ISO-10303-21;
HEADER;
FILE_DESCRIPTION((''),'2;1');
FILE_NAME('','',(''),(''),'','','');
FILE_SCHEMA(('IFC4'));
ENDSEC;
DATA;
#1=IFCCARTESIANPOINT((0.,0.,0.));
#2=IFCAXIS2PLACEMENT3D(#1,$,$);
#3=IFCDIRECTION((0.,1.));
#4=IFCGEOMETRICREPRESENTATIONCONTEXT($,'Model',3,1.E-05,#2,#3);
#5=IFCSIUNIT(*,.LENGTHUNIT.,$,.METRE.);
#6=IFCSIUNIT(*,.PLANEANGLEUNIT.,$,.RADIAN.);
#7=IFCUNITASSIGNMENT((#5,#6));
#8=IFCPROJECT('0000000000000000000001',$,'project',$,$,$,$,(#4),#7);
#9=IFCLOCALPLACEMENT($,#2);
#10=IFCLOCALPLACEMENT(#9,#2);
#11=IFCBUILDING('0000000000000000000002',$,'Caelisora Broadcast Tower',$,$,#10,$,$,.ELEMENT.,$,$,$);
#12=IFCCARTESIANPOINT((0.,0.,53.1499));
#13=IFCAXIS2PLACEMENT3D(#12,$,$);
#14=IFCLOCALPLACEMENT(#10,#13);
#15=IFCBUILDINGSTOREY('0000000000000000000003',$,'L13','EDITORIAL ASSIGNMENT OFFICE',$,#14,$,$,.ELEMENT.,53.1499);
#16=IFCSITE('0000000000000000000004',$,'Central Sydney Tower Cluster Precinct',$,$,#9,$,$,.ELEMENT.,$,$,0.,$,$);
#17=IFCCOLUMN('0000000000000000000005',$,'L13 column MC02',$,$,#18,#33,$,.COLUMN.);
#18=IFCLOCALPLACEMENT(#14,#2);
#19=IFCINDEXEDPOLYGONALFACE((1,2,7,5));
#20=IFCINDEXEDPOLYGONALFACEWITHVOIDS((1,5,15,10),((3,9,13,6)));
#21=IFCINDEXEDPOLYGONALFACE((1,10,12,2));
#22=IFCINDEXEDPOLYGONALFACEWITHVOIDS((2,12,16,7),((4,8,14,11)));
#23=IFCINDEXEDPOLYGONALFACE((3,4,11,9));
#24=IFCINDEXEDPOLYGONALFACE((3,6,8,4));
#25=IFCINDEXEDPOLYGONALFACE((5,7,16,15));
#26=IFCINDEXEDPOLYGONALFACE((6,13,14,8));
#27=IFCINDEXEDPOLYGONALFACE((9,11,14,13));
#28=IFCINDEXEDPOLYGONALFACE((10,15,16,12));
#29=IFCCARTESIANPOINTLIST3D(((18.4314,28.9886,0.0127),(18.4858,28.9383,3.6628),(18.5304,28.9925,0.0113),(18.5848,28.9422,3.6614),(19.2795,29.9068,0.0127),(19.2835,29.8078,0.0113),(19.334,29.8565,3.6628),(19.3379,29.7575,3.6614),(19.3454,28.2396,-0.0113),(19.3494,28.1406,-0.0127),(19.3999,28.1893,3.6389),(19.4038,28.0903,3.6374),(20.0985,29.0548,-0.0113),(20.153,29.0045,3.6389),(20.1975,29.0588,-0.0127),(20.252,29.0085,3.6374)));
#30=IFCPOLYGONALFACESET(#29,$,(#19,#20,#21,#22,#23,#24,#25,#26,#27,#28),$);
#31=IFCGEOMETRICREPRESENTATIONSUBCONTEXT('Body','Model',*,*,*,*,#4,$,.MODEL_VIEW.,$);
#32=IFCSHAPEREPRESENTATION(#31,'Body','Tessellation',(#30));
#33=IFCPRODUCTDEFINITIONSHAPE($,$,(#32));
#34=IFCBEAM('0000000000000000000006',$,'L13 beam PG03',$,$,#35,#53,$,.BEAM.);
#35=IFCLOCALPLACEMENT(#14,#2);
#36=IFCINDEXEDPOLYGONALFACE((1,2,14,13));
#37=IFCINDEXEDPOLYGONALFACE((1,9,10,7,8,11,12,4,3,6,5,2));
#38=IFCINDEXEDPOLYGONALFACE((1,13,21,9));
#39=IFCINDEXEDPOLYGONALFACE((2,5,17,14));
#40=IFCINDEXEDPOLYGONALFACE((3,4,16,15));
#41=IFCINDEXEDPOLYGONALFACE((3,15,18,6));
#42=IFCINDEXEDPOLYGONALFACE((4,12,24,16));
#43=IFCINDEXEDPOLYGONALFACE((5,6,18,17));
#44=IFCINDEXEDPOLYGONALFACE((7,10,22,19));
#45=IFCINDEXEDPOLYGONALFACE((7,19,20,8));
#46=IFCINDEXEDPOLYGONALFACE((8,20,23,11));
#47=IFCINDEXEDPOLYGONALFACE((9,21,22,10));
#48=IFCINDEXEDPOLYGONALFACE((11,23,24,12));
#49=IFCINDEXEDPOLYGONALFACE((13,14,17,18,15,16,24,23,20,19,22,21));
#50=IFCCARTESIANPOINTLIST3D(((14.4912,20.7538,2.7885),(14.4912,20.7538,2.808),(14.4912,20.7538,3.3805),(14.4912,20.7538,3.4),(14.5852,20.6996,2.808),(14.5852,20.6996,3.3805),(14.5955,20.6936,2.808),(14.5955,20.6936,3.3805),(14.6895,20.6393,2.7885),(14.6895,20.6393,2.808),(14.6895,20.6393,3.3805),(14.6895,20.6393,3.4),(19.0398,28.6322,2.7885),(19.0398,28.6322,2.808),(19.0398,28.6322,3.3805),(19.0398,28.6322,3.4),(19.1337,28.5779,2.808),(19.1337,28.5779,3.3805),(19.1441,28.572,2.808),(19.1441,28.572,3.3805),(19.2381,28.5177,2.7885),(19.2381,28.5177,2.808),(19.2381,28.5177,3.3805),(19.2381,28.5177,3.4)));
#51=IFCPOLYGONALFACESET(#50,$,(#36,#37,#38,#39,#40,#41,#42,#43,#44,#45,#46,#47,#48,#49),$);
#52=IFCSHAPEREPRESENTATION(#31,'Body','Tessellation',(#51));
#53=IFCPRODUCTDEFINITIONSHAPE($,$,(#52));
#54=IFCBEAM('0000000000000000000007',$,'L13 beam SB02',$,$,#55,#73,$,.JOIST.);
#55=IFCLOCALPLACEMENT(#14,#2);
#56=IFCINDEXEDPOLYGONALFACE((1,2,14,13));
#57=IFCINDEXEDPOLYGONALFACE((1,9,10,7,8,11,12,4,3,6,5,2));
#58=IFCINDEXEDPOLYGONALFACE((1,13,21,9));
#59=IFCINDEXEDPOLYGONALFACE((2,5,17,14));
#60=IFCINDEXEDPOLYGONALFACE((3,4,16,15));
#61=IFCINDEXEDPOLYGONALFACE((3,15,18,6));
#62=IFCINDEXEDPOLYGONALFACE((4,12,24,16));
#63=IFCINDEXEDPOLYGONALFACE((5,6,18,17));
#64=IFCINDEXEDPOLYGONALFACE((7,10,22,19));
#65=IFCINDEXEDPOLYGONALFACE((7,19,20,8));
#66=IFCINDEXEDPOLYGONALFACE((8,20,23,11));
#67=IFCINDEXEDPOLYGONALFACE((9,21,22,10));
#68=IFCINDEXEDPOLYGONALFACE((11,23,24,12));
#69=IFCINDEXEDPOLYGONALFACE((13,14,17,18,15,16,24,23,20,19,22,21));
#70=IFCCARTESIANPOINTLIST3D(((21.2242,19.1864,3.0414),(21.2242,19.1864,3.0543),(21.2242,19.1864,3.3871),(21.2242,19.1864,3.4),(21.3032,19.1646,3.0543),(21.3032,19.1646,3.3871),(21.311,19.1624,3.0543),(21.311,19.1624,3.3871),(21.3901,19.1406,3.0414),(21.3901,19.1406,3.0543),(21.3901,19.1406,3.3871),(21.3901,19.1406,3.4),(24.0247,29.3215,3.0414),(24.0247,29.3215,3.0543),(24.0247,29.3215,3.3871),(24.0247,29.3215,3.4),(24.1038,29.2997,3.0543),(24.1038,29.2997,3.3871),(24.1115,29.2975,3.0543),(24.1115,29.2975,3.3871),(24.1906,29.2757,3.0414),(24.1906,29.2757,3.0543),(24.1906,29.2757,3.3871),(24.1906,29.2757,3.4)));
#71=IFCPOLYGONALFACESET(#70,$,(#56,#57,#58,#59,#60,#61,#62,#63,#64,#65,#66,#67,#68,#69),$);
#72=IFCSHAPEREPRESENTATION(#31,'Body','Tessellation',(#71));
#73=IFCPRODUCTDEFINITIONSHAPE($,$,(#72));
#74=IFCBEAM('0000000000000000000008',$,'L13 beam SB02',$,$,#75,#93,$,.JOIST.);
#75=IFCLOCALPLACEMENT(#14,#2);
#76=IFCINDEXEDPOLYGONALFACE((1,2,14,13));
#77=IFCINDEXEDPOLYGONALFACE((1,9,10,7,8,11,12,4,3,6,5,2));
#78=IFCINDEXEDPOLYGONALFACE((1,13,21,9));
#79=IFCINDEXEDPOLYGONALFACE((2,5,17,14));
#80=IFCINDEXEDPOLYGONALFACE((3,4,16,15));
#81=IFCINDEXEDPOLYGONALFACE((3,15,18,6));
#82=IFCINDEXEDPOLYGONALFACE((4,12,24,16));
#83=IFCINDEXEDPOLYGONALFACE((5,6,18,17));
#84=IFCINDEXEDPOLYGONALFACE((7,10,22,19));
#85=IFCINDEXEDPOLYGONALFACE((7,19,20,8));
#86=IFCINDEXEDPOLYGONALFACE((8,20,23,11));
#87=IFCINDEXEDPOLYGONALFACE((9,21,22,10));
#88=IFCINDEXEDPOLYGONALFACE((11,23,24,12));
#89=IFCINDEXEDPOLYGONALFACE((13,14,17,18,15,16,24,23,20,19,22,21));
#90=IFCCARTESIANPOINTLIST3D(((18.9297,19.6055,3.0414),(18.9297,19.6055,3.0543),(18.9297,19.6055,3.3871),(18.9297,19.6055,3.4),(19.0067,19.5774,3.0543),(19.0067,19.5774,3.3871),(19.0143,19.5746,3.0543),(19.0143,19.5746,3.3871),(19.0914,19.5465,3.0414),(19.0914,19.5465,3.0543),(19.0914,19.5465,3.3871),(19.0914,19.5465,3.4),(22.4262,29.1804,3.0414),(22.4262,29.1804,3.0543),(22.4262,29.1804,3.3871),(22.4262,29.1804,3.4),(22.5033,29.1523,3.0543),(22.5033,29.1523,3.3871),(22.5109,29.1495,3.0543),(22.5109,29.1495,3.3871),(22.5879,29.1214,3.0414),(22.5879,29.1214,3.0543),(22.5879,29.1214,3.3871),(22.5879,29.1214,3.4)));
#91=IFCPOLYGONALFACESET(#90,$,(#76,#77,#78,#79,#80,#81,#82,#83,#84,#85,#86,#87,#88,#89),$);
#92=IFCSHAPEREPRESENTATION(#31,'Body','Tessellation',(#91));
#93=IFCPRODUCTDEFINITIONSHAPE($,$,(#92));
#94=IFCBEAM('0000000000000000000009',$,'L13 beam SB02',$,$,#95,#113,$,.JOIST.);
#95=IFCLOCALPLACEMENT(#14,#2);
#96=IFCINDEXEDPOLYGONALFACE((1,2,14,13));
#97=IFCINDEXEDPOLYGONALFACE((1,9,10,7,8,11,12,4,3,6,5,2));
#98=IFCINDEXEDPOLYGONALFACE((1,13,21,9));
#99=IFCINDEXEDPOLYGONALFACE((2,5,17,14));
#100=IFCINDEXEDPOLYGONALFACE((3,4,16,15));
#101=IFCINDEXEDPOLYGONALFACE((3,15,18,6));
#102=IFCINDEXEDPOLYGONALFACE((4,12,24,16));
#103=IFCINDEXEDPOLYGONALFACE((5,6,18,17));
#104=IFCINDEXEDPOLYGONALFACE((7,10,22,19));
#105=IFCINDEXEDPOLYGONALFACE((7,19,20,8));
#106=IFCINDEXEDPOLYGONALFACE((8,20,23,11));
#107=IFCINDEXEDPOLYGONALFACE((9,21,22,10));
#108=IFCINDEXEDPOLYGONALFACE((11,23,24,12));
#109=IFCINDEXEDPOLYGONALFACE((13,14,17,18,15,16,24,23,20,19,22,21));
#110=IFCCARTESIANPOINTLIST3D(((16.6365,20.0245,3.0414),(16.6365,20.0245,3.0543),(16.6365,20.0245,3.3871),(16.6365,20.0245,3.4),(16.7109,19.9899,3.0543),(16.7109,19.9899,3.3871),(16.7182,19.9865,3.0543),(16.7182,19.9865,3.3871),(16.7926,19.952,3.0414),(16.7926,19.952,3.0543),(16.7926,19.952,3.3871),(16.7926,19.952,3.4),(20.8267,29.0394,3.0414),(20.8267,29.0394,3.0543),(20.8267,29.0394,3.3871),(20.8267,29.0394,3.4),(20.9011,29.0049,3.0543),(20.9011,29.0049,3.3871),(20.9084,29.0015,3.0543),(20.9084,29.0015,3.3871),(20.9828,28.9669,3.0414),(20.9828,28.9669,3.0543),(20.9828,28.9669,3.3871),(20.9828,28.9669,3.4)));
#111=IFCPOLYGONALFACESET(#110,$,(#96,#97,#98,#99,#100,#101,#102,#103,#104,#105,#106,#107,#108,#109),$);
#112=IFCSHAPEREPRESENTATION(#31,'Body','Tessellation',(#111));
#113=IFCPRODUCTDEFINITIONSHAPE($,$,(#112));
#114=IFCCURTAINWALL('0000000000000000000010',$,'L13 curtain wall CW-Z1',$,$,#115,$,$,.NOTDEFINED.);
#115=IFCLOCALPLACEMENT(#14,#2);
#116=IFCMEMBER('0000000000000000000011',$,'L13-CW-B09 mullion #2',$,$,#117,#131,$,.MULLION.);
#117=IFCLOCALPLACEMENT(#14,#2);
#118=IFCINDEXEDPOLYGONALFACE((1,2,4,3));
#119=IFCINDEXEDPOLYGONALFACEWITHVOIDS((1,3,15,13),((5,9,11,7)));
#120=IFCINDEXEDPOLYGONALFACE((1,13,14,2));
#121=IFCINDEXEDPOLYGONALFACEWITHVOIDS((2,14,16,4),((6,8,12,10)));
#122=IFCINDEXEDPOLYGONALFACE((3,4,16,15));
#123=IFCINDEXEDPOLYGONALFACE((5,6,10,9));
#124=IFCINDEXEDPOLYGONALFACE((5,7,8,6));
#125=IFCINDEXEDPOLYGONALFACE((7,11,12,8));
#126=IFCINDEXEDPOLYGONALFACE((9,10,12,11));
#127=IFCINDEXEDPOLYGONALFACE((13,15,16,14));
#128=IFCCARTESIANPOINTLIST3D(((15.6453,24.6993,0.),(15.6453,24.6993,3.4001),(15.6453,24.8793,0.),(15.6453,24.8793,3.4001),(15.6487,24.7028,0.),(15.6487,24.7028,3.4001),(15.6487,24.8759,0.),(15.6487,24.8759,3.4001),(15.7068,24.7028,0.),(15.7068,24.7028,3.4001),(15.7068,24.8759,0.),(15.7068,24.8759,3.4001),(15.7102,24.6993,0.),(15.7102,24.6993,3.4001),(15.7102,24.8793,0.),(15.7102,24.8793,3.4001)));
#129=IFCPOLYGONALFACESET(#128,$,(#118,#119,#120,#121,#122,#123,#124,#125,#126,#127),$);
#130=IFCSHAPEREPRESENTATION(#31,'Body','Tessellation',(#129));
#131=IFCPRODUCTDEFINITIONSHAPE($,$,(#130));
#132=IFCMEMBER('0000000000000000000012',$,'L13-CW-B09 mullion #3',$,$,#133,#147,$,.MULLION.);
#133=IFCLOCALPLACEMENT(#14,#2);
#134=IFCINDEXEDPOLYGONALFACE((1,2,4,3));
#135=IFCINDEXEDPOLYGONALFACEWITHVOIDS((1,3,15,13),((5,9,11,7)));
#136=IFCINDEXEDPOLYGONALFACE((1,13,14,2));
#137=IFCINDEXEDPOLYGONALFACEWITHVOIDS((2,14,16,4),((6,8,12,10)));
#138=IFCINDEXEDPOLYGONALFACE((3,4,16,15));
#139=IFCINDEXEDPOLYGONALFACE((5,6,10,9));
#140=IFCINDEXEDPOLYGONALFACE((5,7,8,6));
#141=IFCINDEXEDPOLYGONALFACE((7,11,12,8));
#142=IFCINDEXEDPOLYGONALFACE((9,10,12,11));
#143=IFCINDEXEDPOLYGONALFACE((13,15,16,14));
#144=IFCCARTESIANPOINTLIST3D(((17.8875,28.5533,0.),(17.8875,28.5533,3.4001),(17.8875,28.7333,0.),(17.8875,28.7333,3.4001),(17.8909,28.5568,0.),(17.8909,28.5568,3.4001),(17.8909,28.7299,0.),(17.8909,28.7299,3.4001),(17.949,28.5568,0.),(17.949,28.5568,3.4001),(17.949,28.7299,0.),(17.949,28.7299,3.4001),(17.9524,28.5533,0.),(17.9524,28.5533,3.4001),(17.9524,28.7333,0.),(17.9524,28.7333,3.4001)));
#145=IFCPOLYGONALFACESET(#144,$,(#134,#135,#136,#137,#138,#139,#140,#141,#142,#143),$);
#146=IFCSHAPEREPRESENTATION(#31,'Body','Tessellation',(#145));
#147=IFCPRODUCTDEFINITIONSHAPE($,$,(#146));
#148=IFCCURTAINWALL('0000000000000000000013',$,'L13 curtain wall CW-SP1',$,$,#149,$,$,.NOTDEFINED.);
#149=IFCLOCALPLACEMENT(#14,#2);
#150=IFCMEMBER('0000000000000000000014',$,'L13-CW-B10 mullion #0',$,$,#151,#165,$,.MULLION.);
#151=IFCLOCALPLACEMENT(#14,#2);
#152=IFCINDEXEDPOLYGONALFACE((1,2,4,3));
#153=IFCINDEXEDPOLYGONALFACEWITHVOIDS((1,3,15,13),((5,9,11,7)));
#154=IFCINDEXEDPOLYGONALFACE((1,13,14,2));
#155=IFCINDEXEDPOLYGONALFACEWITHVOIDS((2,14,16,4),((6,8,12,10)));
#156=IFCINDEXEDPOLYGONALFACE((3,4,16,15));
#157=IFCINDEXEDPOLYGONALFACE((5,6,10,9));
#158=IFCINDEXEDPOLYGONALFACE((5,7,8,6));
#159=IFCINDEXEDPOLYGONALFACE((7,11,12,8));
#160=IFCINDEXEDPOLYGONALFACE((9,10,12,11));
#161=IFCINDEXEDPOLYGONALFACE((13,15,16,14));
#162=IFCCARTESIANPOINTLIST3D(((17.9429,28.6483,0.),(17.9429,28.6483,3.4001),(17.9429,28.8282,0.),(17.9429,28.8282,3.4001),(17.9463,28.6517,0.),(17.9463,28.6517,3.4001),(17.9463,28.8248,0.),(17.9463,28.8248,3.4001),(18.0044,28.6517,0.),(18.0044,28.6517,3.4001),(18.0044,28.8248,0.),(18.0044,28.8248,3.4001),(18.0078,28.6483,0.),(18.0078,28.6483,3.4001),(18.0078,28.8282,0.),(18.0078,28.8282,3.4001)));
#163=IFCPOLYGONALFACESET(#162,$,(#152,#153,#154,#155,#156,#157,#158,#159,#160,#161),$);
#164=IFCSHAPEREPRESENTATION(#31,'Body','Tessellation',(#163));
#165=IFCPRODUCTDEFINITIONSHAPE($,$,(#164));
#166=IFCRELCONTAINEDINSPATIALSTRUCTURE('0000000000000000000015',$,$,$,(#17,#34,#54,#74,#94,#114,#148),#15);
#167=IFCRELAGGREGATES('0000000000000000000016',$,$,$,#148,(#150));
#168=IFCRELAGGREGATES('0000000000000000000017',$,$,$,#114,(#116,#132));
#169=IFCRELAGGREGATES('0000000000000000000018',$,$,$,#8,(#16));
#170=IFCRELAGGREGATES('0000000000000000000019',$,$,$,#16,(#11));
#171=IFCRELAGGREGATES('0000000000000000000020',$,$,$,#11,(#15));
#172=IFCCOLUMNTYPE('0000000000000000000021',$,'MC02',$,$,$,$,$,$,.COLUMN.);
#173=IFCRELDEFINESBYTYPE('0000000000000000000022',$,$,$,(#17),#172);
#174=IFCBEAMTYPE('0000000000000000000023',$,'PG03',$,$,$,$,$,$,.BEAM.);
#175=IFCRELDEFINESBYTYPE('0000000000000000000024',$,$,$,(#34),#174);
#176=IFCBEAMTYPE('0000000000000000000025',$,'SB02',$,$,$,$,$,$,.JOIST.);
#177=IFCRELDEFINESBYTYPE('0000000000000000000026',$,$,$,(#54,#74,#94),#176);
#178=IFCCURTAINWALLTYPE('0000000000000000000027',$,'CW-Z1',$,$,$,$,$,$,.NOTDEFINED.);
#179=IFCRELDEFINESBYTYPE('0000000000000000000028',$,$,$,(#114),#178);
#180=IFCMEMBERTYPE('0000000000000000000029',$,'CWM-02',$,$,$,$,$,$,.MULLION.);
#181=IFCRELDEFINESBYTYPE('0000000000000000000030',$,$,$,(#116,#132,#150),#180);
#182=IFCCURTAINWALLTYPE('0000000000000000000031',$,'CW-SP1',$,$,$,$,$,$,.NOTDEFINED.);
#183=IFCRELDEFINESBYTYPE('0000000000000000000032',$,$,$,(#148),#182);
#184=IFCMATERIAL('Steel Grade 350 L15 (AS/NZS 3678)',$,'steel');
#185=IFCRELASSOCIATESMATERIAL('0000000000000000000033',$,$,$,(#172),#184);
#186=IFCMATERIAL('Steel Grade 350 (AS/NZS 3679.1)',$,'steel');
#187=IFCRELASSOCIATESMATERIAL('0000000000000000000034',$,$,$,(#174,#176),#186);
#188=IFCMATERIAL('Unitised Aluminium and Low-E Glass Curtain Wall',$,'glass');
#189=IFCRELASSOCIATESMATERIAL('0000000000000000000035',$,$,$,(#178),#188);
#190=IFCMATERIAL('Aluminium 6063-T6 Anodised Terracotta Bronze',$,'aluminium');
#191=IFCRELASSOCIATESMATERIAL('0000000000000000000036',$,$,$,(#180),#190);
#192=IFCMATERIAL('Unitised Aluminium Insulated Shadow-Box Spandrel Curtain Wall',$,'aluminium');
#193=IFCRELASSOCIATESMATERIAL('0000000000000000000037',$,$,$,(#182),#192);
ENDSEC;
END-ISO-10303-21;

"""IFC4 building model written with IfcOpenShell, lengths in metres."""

from ifc_helpers import new_model, si_unit, direction, frame, origin, origin_2d, place, context, subcontext, project, spatial, hollow_rectangle, i_section, extrude, source, transform, mapped, material, material_profile, profile_set, type_object, type_shapes, element, aggregate, save


model = new_model("IFC4")

# Units and contexts
model_context = context("Model", 3, precision=1e-05, world=origin(), true_north=direction((0.0, 1.0)))
body_context = subcontext(model_context, "Body", "Model", "MODEL_VIEW")
ifc_project = project(units=[si_unit("LENGTHUNIT", "METRE"), si_unit("PLANEANGLEUNIT", "RADIAN")], contexts=[model_context])

# Site, building, storey
site_placement = place(None, origin())
site = spatial("IfcSite", under=ifc_project, at=site_placement, Name="Central Sydney Tower Cluster Precinct", CompositionType="ELEMENT", RefElevation=0.0)
building_placement = place(site_placement, origin())
building = spatial("IfcBuilding", under=site, at=building_placement, Name="Caelisora Broadcast Tower", CompositionType="ELEMENT")
storey_placement = place(building_placement, frame((0.0, 0.0, 53.1499)))
storey = spatial("IfcBuildingStorey", under=building, at=storey_placement, Name="L13", Description="EDITORIAL ASSIGNMENT OFFICE", CompositionType="ELEMENT", Elevation=53.1499)

# Column
ifc_material_1 = material(Name="Steel Grade 350 L15 (AS/NZS 3678)", Category="steel")
ifc_material_profile_1 = material_profile(ifc_material_1, hollow_rectangle(XDim=1.25, YDim=1.25, WallThickness=0.0701, at=origin_2d()), Name="Steel Grade 350 L15 (AS/NZS 3678)")
ifc_profile_set_1 = profile_set([ifc_material_profile_1], Name="Steel Grade 350 L15 (AS/NZS 3678)")
column_type = type_object("IfcColumnType", Name="MC02", PredefinedType="COLUMN", material=ifc_profile_set_1)
shared_shape_1 = source(origin(), body_context, "Body", "SweptSolid", [
    extrude(hollow_rectangle(XDim=1.25, YDim=1.25, WallThickness=0.0701, at=origin_2d()), origin(), (0.0, 0.0, 1.0), 3.6509),
])
type_shapes(column_type, [shared_shape_1])
column_placement = place(storey_placement, frame((19.3145, 29.0237, 0.0), z_axis=(0.014912, -0.013776, 0.999794), x_axis=(0.678554, 0.734551, 0.0)))
element("IfcColumn", 1, at=column_placement, inside=storey, type_object=column_type, Name="L13 column MC02", PredefinedType="COLUMN", context=body_context, shape_type="MappedRepresentation", body=[
    mapped(shared_shape_1, transform((0.0, 0.0, 0.0), scale=1.0)),
])

# Beams
ifc_material_2 = material(Name="Steel Grade 350 (AS/NZS 3679.1)", Category="steel")
ifc_material_profile_2 = material_profile(ifc_material_2, i_section(OverallWidth=0.229, OverallDepth=0.6116, WebThickness=0.012, FlangeThickness=0.0195, at=origin_2d()), Name="Steel Grade 350 (AS/NZS 3679.1)")
ifc_profile_set_2 = profile_set([ifc_material_profile_2], Name="Steel Grade 350 (AS/NZS 3679.1)")
beam_type_1 = type_object("IfcBeamType", Name="PG03", PredefinedType="BEAM", material=ifc_profile_set_2)
shared_shape_2 = source(origin(), body_context, "Body", "SweptSolid", [
    extrude(i_section(OverallWidth=0.229, OverallDepth=0.6116, WebThickness=0.012, FlangeThickness=0.0195, at=origin_2d()), origin(), (0.0, 0.0, 1.0), 9.0972),
])
type_shapes(beam_type_1, [shared_shape_2])
beam_1_placement = place(storey_placement, frame((19.1389, 28.575, 3.0942), z_axis=(-0.499998, -0.866026, 0.0), x_axis=(0.866026, -0.499998, 0.0)))
element("IfcBeam", 2, at=beam_1_placement, inside=storey, type_object=beam_type_1, Name="L13 beam PG03", PredefinedType="BEAM", context=body_context, shape_type="MappedRepresentation", body=[
    mapped(shared_shape_2, transform((0.0, 0.0, 0.0), scale=1.0)),
])
ifc_material_profile_3 = material_profile(ifc_material_2, i_section(OverallWidth=0.1721, OverallDepth=0.3586, WebThickness=0.0081, FlangeThickness=0.0129, at=origin_2d()), Name="Steel Grade 350 (AS/NZS 3679.1)")
ifc_profile_set_3 = profile_set([ifc_material_profile_3], Name="Steel Grade 350 (AS/NZS 3679.1)")
beam_type_2 = type_object("IfcBeamType", Name="SB02", PredefinedType="JOIST", material=ifc_profile_set_3)
shared_shape_3 = source(origin(), body_context, "Body", "SweptSolid", [
    extrude(i_section(OverallWidth=0.1721, OverallDepth=0.3586, WebThickness=0.0081, FlangeThickness=0.0129, at=origin_2d()), origin(), (0.0, 0.0, 1.0), 10.5149),
])
beam_2_placement = place(storey_placement, frame((24.1077, 29.2986, 3.2207), z_axis=(-0.266342, -0.963879, 0.0), x_axis=(0.963879, -0.266342, 0.0)))
element("IfcBeam", 3, at=beam_2_placement, inside=storey, type_object=beam_type_2, Name="L13 beam SB02", PredefinedType="JOIST", context=body_context, shape_type="MappedRepresentation", body=[
    mapped(shared_shape_3, transform((0.0, 0.0, 0.0), scale=1.0)),
])
shared_shape_4 = source(origin(), body_context, "Body", "SweptSolid", [
    extrude(i_section(OverallWidth=0.1721, OverallDepth=0.3586, WebThickness=0.0081, FlangeThickness=0.0129, at=origin_2d()), origin(), (0.0, 0.0, 1.0), 10.1934),
])
beam_3_placement = place(storey_placement, frame((22.5071, 29.1509, 3.2207), z_axis=(-0.343024, -0.939327, 0.0), x_axis=(0.939327, -0.343024, 0.0)))
element("IfcBeam", 4, at=beam_3_placement, inside=storey, type_object=beam_type_2, Name="L13 beam SB02", PredefinedType="JOIST", context=body_context, shape_type="MappedRepresentation", body=[
    mapped(shared_shape_4, transform((0.0, 0.0, 0.0), scale=1.0)),
])
shared_shape_5 = source(origin(), body_context, "Body", "SweptSolid", [
    extrude(i_section(OverallWidth=0.1721, OverallDepth=0.3586, WebThickness=0.0081, FlangeThickness=0.0129, at=origin_2d()), origin(), (0.0, 0.0, 1.0), 9.9412),
])
type_shapes(beam_type_2, [shared_shape_3, shared_shape_4, shared_shape_5])
beam_4_placement = place(storey_placement, frame((20.9048, 29.0032, 3.2207), z_axis=(-0.4215, -0.906828, 0.0), x_axis=(0.906828, -0.4215, 0.0)))
element("IfcBeam", 5, at=beam_4_placement, inside=storey, type_object=beam_type_2, Name="L13 beam SB02", PredefinedType="JOIST", context=body_context, shape_type="MappedRepresentation", body=[
    mapped(shared_shape_5, transform((0.0, 0.0, 0.0), scale=1.0)),
])

# Curtain walls, members
ifc_material_3 = material(Name="Unitised Aluminium and Low-E Glass Curtain Wall", Category="glass")
curtain_wall_type_1 = type_object("IfcCurtainWallType", Name="CW-Z1", PredefinedType="NOTDEFINED", material=ifc_material_3)
curtain_wall_1_placement = place(storey_placement, origin())
curtain_wall_1 = element("IfcCurtainWall", 6, at=curtain_wall_1_placement, inside=storey, type_object=curtain_wall_type_1, Name="L13 curtain wall CW-Z1", PredefinedType="NOTDEFINED")
ifc_material_4 = material(Name="Aluminium 6063-T6 Anodised Terracotta Bronze", Category="aluminium")
ifc_material_profile_4 = material_profile(ifc_material_4, hollow_rectangle(XDim=0.0649, YDim=0.1799, WallThickness=0.0034, at=origin_2d()), Name="Aluminium 6063-T6 Anodised Terracotta Bronze")
ifc_profile_set_4 = profile_set([ifc_material_profile_4], Name="Aluminium 6063-T6 Anodised Terracotta Bronze")
member_type_1 = type_object("IfcMemberType", Name="CWM-02", PredefinedType="MULLION", material=ifc_profile_set_4)
shared_shape_6 = source(origin(), body_context, "Body", "SweptSolid", [
    extrude(hollow_rectangle(XDim=0.0649, YDim=0.1799, WallThickness=0.0034, at=origin_2d()), origin(), (0.0, 0.0, 1.0), 3.4001),
])
type_shapes(member_type_1, [shared_shape_6])
member_1_placement = place(storey_placement, frame((15.6777, 24.7893, 0.0), z_axis=(0.0, 0.0, 1.0), x_axis=(1.0, 0.0, 0.0)))
member_1 = element("IfcMember", 7, at=member_1_placement, type_object=member_type_1, Name="L13-CW-B09 mullion #2", PredefinedType="MULLION", context=body_context, shape_type="MappedRepresentation", body=[
    mapped(shared_shape_6, transform((0.0, 0.0, 0.0), scale=1.0)),
])
member_2_placement = place(storey_placement, frame((17.9199, 28.6433, 0.0), z_axis=(0.0, 0.0, 1.0), x_axis=(1.0, 0.0, 0.0)))
member_2 = element("IfcMember", 8, at=member_2_placement, type_object=member_type_1, Name="L13-CW-B09 mullion #3", PredefinedType="MULLION", context=body_context, shape_type="MappedRepresentation", body=[
    mapped(shared_shape_6, transform((0.0, 0.0, 0.0), scale=1.0)),
])
ifc_material_5 = material(Name="Unitised Aluminium Insulated Shadow-Box Spandrel Curtain Wall", Category="aluminium")
curtain_wall_type_2 = type_object("IfcCurtainWallType", Name="CW-SP1", PredefinedType="NOTDEFINED", material=ifc_material_5)
curtain_wall_2_placement = place(storey_placement, origin())
curtain_wall_2 = element("IfcCurtainWall", 9, at=curtain_wall_2_placement, inside=storey, type_object=curtain_wall_type_2, Name="L13 curtain wall CW-SP1", PredefinedType="NOTDEFINED")
member_3_placement = place(storey_placement, frame((17.9753, 28.7383, 0.0), z_axis=(0.0, 0.0, 1.0), x_axis=(1.0, 0.0, 0.0)))
member_3 = element("IfcMember", 10, at=member_3_placement, type_object=member_type_1, Name="L13-CW-B10 mullion #0", PredefinedType="MULLION", context=body_context, shape_type="MappedRepresentation", body=[
    mapped(shared_shape_6, transform((0.0, 0.0, 0.0), scale=1.0)),
])

aggregate(curtain_wall_2, [member_3])
aggregate(curtain_wall_1, [member_1, member_2])

save(model, "model.ifc")
